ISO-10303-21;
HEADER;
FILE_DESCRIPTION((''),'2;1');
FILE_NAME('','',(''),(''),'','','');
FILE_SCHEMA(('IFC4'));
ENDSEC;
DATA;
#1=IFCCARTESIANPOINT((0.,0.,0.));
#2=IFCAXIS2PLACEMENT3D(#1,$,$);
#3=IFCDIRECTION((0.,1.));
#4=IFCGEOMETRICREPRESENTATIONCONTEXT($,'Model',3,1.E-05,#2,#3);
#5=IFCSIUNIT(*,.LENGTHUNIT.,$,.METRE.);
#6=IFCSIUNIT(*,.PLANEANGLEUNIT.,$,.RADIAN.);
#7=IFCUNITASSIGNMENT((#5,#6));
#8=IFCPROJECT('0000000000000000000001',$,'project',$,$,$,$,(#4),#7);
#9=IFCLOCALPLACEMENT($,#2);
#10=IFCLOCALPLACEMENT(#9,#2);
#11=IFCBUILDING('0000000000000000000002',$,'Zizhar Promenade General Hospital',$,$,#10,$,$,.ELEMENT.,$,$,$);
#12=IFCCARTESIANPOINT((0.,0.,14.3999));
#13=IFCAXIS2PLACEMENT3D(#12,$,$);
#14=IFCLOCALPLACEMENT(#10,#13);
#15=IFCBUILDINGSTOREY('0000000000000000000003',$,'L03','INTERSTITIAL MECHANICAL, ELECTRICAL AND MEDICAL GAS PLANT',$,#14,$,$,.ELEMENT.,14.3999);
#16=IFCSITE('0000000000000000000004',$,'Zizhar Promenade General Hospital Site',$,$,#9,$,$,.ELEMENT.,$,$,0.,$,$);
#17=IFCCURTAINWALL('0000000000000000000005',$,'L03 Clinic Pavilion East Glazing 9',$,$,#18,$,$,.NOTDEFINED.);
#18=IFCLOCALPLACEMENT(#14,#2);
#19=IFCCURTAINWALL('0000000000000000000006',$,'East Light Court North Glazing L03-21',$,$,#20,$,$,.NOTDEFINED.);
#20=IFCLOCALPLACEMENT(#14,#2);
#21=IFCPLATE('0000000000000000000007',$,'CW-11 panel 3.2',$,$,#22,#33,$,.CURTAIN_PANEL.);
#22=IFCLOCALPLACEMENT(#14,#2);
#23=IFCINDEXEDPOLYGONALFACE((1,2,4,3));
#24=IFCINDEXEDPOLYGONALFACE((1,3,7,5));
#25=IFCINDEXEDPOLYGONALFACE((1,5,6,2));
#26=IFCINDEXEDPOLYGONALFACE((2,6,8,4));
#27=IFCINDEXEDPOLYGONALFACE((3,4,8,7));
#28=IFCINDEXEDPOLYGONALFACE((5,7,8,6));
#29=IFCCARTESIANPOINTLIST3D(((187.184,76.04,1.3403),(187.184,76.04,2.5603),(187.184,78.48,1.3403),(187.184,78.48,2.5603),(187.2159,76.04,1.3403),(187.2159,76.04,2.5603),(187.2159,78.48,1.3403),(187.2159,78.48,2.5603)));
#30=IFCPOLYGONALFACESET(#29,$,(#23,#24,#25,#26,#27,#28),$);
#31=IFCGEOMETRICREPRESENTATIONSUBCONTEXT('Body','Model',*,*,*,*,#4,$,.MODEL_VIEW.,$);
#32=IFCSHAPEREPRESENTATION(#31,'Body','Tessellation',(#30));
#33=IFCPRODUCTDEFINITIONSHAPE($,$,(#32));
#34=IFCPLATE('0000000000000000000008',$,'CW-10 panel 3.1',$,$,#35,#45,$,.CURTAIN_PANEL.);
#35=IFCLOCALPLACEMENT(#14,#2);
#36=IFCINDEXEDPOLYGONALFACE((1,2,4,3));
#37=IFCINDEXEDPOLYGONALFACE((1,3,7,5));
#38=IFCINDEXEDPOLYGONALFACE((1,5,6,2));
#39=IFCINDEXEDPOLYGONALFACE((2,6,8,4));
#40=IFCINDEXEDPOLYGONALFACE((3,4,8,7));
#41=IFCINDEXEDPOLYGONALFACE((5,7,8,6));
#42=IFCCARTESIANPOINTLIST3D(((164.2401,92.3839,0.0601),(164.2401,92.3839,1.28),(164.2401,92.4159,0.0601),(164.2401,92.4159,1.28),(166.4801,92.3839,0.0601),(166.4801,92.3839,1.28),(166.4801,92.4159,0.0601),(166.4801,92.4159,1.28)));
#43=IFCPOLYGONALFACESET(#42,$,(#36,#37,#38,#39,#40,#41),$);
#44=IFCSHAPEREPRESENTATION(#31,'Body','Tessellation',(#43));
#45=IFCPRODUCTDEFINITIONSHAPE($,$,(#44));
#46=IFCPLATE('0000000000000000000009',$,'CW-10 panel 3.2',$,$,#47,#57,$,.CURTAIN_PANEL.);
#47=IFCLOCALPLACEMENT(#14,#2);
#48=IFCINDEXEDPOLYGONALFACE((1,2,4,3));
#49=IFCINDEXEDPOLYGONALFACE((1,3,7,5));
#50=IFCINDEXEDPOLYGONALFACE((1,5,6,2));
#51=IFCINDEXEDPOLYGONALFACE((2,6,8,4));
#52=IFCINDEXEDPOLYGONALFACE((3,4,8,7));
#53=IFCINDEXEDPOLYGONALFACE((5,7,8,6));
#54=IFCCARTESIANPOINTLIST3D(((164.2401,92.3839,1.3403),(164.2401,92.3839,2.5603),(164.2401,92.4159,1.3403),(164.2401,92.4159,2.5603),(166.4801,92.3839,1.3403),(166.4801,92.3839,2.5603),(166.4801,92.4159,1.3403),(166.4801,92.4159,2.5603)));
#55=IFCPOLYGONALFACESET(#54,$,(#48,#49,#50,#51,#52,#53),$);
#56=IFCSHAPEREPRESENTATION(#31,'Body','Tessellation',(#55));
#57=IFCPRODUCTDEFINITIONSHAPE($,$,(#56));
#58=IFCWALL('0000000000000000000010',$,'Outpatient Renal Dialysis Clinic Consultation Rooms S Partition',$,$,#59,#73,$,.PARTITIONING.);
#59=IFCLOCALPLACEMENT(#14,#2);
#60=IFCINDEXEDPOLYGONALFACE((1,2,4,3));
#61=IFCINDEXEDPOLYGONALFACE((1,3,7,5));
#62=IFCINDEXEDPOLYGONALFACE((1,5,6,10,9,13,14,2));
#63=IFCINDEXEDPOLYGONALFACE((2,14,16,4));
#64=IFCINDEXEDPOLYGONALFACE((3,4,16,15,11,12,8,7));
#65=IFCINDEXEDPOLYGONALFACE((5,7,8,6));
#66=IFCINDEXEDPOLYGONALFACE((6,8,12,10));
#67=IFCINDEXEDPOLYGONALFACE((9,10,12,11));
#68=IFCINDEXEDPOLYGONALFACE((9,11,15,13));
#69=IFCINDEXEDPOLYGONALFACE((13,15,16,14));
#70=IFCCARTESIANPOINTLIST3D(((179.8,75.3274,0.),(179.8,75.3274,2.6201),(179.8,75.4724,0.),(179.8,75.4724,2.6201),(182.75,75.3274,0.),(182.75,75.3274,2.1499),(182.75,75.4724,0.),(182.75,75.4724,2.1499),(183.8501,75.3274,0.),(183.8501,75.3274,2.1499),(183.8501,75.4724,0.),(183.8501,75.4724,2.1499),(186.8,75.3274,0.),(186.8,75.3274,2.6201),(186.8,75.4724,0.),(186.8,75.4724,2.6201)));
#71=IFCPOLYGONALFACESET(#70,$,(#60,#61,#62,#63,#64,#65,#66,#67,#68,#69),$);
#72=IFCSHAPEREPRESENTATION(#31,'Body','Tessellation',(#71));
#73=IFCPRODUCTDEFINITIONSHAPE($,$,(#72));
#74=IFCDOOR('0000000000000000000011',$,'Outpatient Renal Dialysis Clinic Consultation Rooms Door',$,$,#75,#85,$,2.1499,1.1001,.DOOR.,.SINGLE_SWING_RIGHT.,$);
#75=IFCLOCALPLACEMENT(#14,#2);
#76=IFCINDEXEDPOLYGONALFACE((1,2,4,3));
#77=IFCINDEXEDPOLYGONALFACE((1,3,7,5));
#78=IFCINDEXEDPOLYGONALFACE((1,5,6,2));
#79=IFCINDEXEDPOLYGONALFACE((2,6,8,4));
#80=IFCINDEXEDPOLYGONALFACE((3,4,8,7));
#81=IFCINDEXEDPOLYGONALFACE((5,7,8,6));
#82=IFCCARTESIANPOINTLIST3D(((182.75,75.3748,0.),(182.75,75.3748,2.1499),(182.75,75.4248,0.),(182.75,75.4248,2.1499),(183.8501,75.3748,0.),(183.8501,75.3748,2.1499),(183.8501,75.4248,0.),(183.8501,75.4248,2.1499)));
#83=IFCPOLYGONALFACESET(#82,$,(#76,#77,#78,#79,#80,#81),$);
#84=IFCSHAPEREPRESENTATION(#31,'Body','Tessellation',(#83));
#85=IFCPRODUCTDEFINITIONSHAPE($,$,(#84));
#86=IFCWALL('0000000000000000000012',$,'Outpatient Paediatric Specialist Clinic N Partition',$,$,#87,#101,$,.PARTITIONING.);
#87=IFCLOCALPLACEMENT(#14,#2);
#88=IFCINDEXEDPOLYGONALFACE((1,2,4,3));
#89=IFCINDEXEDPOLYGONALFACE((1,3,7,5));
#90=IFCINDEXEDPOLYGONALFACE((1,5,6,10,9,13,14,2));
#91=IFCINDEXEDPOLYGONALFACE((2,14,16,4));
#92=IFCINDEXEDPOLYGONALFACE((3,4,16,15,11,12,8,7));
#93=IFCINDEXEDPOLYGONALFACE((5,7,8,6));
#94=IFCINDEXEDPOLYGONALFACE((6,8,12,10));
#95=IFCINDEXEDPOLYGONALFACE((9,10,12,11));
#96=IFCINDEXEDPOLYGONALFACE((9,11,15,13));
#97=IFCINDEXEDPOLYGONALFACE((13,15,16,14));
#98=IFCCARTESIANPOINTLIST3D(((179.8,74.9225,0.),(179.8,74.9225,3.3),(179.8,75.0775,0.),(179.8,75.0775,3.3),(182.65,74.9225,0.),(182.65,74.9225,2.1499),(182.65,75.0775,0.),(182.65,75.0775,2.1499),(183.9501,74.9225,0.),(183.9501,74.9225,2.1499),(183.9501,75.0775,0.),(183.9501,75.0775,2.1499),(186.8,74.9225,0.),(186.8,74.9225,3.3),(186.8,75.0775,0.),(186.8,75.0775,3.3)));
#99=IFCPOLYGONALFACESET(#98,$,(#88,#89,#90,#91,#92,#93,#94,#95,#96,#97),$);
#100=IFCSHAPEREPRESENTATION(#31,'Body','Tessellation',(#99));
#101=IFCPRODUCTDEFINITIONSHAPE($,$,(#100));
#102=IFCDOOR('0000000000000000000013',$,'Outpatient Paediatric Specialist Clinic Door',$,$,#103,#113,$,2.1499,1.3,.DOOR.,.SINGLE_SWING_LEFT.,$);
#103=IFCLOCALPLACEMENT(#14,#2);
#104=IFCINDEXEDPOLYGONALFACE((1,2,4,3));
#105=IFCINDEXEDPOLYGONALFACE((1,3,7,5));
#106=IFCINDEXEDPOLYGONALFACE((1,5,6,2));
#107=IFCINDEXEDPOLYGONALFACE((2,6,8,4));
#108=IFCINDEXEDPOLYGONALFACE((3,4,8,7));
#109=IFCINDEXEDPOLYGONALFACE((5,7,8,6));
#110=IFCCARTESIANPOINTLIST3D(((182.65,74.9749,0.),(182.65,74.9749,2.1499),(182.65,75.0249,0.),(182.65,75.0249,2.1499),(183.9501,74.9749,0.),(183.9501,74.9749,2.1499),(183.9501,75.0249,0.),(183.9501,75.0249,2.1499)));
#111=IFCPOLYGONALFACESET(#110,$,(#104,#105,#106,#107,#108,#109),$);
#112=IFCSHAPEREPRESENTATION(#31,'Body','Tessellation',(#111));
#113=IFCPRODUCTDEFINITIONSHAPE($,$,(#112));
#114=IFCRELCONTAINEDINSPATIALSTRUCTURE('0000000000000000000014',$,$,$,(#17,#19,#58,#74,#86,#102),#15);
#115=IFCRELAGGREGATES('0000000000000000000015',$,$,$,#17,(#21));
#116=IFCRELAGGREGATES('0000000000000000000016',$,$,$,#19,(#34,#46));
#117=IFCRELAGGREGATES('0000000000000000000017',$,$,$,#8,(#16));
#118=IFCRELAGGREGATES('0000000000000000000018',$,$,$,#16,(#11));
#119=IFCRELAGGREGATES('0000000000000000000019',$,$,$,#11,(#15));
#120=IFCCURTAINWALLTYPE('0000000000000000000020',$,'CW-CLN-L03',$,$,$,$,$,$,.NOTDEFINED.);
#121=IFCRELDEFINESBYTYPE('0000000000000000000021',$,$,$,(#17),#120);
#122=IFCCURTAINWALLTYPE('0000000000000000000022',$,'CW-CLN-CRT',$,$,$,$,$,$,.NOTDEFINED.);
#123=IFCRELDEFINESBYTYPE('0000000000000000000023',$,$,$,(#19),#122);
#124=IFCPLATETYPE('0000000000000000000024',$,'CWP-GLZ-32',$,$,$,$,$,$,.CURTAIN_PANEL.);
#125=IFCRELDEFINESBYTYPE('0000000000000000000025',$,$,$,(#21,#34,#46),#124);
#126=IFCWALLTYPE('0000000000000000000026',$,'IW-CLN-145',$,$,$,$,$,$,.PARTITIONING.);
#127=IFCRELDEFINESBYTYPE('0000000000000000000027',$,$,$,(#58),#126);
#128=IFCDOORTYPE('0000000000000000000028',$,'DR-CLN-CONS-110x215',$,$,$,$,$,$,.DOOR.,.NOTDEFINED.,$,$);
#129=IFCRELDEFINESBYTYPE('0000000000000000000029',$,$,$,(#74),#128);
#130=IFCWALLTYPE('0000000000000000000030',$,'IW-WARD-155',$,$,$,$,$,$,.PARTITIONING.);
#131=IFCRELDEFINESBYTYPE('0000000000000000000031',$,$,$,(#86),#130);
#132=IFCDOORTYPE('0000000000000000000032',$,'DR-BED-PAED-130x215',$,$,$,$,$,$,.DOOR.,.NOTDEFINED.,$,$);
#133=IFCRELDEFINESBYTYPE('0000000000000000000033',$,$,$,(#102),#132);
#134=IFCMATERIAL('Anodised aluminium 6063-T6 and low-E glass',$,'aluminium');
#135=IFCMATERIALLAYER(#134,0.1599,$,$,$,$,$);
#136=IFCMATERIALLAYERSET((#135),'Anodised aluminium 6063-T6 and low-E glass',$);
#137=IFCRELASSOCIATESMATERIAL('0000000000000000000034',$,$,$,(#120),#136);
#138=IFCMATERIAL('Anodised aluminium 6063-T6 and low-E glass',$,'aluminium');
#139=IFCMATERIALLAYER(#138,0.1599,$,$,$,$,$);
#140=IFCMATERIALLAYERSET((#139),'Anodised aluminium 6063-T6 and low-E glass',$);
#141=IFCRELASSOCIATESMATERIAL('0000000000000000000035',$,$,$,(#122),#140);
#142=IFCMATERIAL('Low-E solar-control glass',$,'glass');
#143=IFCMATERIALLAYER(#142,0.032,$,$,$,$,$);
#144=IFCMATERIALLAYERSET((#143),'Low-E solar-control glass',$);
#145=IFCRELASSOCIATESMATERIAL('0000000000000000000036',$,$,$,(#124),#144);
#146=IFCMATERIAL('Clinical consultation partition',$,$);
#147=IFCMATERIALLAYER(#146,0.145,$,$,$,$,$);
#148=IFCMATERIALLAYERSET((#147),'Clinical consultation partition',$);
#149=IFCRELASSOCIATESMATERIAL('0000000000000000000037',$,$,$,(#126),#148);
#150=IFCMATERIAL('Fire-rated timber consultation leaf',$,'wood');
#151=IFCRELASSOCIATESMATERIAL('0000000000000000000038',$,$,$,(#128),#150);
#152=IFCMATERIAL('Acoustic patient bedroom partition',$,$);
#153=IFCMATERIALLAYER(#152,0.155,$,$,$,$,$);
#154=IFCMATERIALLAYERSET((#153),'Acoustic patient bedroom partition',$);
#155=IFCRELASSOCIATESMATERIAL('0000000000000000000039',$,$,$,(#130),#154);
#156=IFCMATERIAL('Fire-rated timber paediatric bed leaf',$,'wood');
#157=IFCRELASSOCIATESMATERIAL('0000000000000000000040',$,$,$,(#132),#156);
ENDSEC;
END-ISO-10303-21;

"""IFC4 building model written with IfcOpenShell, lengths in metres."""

from ifc_helpers import new_model, si_unit, direction, frame, frame_2d, origin, origin_2d, place, context, subcontext, project, spatial, rectangle, extrude, material, layer, layer_set, type_object, element, fill, aggregate, save


model = new_model("IFC4")

# Units and contexts
model_context = context("Model", 3, precision=1e-05, world=origin(), true_north=direction((0.0, 1.0)))
body_context = subcontext(model_context, "Body", "Model", "MODEL_VIEW")
ifc_project = project(units=[si_unit("LENGTHUNIT", "METRE"), si_unit("PLANEANGLEUNIT", "RADIAN")], contexts=[model_context])

# Site, building, storey
site_placement = place(None, origin())
site = spatial("IfcSite", under=ifc_project, at=site_placement, Name="Zizhar Promenade General Hospital Site", CompositionType="ELEMENT", RefElevation=0.0)
building_placement = place(site_placement, origin())
building = spatial("IfcBuilding", under=site, at=building_placement, Name="Zizhar Promenade General Hospital", CompositionType="ELEMENT")
storey_placement = place(building_placement, frame((0.0, 0.0, 14.3999)))
storey = spatial("IfcBuildingStorey", under=building, at=storey_placement, Name="L03", Description="INTERSTITIAL MECHANICAL, ELECTRICAL AND MEDICAL GAS PLANT", CompositionType="ELEMENT", Elevation=14.3999)

# Shared definitions
ifc_material_1 = material(Name="Anodised aluminium 6063-T6 and low-E glass", Category="aluminium")
ifc_layer_1 = layer(ifc_material_1, 0.1599)
ifc_layer_set_1 = layer_set([ifc_layer_1], Name="Anodised aluminium 6063-T6 and low-E glass")
curtain_wall_type_1 = type_object("IfcCurtainWallType", Name="CW-CLN-L03", PredefinedType="NOTDEFINED", material=ifc_layer_set_1)

# Curtain wall
curtain_wall_1_placement = place(storey_placement, origin())
curtain_wall_1 = element("IfcCurtainWall", 1, at=curtain_wall_1_placement, inside=storey, type_object=curtain_wall_type_1, Name="L03 Clinic Pavilion East Glazing 9", PredefinedType="NOTDEFINED")

# Curtain wall
ifc_material_2 = material(Name="Anodised aluminium 6063-T6 and low-E glass", Category="aluminium")
ifc_layer_2 = layer(ifc_material_2, 0.1599)
ifc_layer_set_2 = layer_set([ifc_layer_2], Name="Anodised aluminium 6063-T6 and low-E glass")
curtain_wall_type_2 = type_object("IfcCurtainWallType", Name="CW-CLN-CRT", PredefinedType="NOTDEFINED", material=ifc_layer_set_2)
curtain_wall_2_placement = place(storey_placement, origin())
curtain_wall_2 = element("IfcCurtainWall", 2, at=curtain_wall_2_placement, inside=storey, type_object=curtain_wall_type_2, Name="East Light Court North Glazing L03-21", PredefinedType="NOTDEFINED")

# Plates
ifc_material_3 = material(Name="Low-E solar-control glass", Category="glass")
ifc_layer_3 = layer(ifc_material_3, 0.032)
ifc_layer_set_3 = layer_set([ifc_layer_3], Name="Low-E solar-control glass")
plate_type = type_object("IfcPlateType", Name="CWP-GLZ-32", PredefinedType="CURTAIN_PANEL", material=ifc_layer_set_3)
plate_1_placement = place(storey_placement, frame((187.2, 77.26, 1.3403), z_axis=(0.0, 0.0, 1.0), x_axis=(0.0, -1.0, 0.0)))
plate_1 = element("IfcPlate", 3, at=plate_1_placement, type_object=plate_type, Name="CW-11 panel 3.2", PredefinedType="CURTAIN_PANEL", context=body_context, shape_type="SweptSolid", body=[
    extrude(rectangle(XDim=2.4399, YDim=0.032, at=origin_2d()), origin(), (0.0, 0.0, 1.0), 1.22),
])
aggregate(curtain_wall_1, [plate_1])
plate_2_placement = place(storey_placement, frame((165.3601, 92.3999, 0.0601), z_axis=(0.0, 0.0, 1.0), x_axis=(-1.0, 0.0, 0.0)))
plate_2 = element("IfcPlate", 4, at=plate_2_placement, type_object=plate_type, Name="CW-10 panel 3.1", PredefinedType="CURTAIN_PANEL", context=body_context, shape_type="SweptSolid", body=[
    extrude(rectangle(XDim=2.24, YDim=0.032, at=origin_2d()), origin(), (0.0, 0.0, 1.0), 1.22),
])
plate_3_placement = place(storey_placement, frame((165.3601, 92.3999, 1.3403), z_axis=(0.0, 0.0, 1.0), x_axis=(-1.0, 0.0, 0.0)))
plate_3 = element("IfcPlate", 5, at=plate_3_placement, type_object=plate_type, Name="CW-10 panel 3.2", PredefinedType="CURTAIN_PANEL", context=body_context, shape_type="SweptSolid", body=[
    extrude(rectangle(XDim=2.24, YDim=0.032, at=origin_2d()), origin(), (0.0, 0.0, 1.0), 1.22),
])
aggregate(curtain_wall_2, [plate_2, plate_3])

# Walls, openings, doors
ifc_material_4 = material(Name="Clinical consultation partition")
ifc_layer_4 = layer(ifc_material_4, 0.145)
ifc_layer_set_4 = layer_set([ifc_layer_4], Name="Clinical consultation partition")
wall_type_1 = type_object("IfcWallType", Name="IW-CLN-145", PredefinedType="PARTITIONING", material=ifc_layer_set_4)
wall_1_placement = place(storey_placement, frame((179.8, 75.3999, 0.0), z_axis=(0.0, 0.0, 1.0), x_axis=(1.0, 0.0, 0.0)))
wall_1 = element("IfcWall", 6, at=wall_1_placement, inside=storey, type_object=wall_type_1, Name="Outpatient Renal Dialysis Clinic Consultation Rooms S Partition", PredefinedType="PARTITIONING", context=body_context, shape_type="SweptSolid", body=[
    extrude(rectangle(XDim=7.0, YDim=0.145, at=frame_2d((3.5, 0.0))), origin(), (0.0, 0.0, 1.0), 2.6201),
])
opening_1_placement = place(wall_1_placement, frame((2.95, 0.0, 0.0)))
opening_1 = element("IfcOpeningElement", 7, at=opening_1_placement, cuts=wall_1, PredefinedType="OPENING", context=body_context, shape_type="SweptSolid", body=[
    extrude(rectangle(XDim=1.1001, YDim=2.1499, at=frame_2d((0.55, 1.075))), frame((0.0, 0.0825, 0.0), z_axis=(0.0, -1.0, 0.0), x_axis=(1.0, 0.0, 0.0)), (0.0, 0.0, 1.0), 0.165),
])
ifc_material_5 = material(Name="Fire-rated timber consultation leaf", Category="wood")
door_type_1 = type_object("IfcDoorType", Name="DR-CLN-CONS-110x215", OperationType="NOTDEFINED", PredefinedType="DOOR", material=ifc_material_5)
door_1_placement = place(opening_1_placement, origin())
door_1 = element("IfcDoor", 8, at=door_1_placement, inside=storey, type_object=door_type_1, Name="Outpatient Renal Dialysis Clinic Consultation Rooms Door", OperationType="SINGLE_SWING_RIGHT", OverallHeight=2.1499, OverallWidth=1.1001, PredefinedType="DOOR", context=body_context, shape_type="SweptSolid", body=[
    extrude(rectangle(XDim=1.1001, YDim=2.1499, at=frame_2d((0.55, 1.075))), frame((0.0, 0.0249, 0.0), z_axis=(0.0, -1.0, 0.0), x_axis=(1.0, 0.0, 0.0)), (0.0, 0.0, 1.0), 0.05),
])
fill(opening_1, door_1)
ifc_material_6 = material(Name="Acoustic patient bedroom partition")
ifc_layer_5 = layer(ifc_material_6, 0.155)
ifc_layer_set_5 = layer_set([ifc_layer_5], Name="Acoustic patient bedroom partition")
wall_type_2 = type_object("IfcWallType", Name="IW-WARD-155", PredefinedType="PARTITIONING", material=ifc_layer_set_5)
wall_2_placement = place(storey_placement, frame((179.8, 75.0, 0.0), z_axis=(0.0, 0.0, 1.0), x_axis=(1.0, 0.0, 0.0)))
wall_2 = element("IfcWall", 9, at=wall_2_placement, inside=storey, type_object=wall_type_2, Name="Outpatient Paediatric Specialist Clinic N Partition", PredefinedType="PARTITIONING", context=body_context, shape_type="SweptSolid", body=[
    extrude(rectangle(XDim=7.0, YDim=0.155, at=frame_2d((3.5, 0.0))), origin(), (0.0, 0.0, 1.0), 3.3),
])
opening_2_placement = place(wall_2_placement, frame((2.8501, 0.0, 0.0)))
opening_2 = element("IfcOpeningElement", 10, at=opening_2_placement, cuts=wall_2, PredefinedType="OPENING", context=body_context, shape_type="SweptSolid", body=[
    extrude(rectangle(XDim=1.3, YDim=2.1499, at=frame_2d((0.6499, 1.075))), frame((0.0, 0.0874, 0.0), z_axis=(0.0, -1.0, 0.0), x_axis=(1.0, 0.0, 0.0)), (0.0, 0.0, 1.0), 0.175),
])
ifc_material_7 = material(Name="Fire-rated timber paediatric bed leaf", Category="wood")
door_type_2 = type_object("IfcDoorType", Name="DR-BED-PAED-130x215", OperationType="NOTDEFINED", PredefinedType="DOOR", material=ifc_material_7)
door_2_placement = place(opening_2_placement, origin())
door_2 = element("IfcDoor", 11, at=door_2_placement, inside=storey, type_object=door_type_2, Name="Outpatient Paediatric Specialist Clinic Door", OperationType="SINGLE_SWING_LEFT", OverallHeight=2.1499, OverallWidth=1.3, PredefinedType="DOOR", context=body_context, shape_type="SweptSolid", body=[
    extrude(rectangle(XDim=1.3, YDim=2.1499, at=frame_2d((0.6499, 1.075))), frame((0.0, 0.0249, 0.0), z_axis=(0.0, -1.0, 0.0), x_axis=(1.0, 0.0, 0.0)), (0.0, 0.0, 1.0), 0.05),
])
fill(opening_2, door_2)

save(model, "model.ifc")
